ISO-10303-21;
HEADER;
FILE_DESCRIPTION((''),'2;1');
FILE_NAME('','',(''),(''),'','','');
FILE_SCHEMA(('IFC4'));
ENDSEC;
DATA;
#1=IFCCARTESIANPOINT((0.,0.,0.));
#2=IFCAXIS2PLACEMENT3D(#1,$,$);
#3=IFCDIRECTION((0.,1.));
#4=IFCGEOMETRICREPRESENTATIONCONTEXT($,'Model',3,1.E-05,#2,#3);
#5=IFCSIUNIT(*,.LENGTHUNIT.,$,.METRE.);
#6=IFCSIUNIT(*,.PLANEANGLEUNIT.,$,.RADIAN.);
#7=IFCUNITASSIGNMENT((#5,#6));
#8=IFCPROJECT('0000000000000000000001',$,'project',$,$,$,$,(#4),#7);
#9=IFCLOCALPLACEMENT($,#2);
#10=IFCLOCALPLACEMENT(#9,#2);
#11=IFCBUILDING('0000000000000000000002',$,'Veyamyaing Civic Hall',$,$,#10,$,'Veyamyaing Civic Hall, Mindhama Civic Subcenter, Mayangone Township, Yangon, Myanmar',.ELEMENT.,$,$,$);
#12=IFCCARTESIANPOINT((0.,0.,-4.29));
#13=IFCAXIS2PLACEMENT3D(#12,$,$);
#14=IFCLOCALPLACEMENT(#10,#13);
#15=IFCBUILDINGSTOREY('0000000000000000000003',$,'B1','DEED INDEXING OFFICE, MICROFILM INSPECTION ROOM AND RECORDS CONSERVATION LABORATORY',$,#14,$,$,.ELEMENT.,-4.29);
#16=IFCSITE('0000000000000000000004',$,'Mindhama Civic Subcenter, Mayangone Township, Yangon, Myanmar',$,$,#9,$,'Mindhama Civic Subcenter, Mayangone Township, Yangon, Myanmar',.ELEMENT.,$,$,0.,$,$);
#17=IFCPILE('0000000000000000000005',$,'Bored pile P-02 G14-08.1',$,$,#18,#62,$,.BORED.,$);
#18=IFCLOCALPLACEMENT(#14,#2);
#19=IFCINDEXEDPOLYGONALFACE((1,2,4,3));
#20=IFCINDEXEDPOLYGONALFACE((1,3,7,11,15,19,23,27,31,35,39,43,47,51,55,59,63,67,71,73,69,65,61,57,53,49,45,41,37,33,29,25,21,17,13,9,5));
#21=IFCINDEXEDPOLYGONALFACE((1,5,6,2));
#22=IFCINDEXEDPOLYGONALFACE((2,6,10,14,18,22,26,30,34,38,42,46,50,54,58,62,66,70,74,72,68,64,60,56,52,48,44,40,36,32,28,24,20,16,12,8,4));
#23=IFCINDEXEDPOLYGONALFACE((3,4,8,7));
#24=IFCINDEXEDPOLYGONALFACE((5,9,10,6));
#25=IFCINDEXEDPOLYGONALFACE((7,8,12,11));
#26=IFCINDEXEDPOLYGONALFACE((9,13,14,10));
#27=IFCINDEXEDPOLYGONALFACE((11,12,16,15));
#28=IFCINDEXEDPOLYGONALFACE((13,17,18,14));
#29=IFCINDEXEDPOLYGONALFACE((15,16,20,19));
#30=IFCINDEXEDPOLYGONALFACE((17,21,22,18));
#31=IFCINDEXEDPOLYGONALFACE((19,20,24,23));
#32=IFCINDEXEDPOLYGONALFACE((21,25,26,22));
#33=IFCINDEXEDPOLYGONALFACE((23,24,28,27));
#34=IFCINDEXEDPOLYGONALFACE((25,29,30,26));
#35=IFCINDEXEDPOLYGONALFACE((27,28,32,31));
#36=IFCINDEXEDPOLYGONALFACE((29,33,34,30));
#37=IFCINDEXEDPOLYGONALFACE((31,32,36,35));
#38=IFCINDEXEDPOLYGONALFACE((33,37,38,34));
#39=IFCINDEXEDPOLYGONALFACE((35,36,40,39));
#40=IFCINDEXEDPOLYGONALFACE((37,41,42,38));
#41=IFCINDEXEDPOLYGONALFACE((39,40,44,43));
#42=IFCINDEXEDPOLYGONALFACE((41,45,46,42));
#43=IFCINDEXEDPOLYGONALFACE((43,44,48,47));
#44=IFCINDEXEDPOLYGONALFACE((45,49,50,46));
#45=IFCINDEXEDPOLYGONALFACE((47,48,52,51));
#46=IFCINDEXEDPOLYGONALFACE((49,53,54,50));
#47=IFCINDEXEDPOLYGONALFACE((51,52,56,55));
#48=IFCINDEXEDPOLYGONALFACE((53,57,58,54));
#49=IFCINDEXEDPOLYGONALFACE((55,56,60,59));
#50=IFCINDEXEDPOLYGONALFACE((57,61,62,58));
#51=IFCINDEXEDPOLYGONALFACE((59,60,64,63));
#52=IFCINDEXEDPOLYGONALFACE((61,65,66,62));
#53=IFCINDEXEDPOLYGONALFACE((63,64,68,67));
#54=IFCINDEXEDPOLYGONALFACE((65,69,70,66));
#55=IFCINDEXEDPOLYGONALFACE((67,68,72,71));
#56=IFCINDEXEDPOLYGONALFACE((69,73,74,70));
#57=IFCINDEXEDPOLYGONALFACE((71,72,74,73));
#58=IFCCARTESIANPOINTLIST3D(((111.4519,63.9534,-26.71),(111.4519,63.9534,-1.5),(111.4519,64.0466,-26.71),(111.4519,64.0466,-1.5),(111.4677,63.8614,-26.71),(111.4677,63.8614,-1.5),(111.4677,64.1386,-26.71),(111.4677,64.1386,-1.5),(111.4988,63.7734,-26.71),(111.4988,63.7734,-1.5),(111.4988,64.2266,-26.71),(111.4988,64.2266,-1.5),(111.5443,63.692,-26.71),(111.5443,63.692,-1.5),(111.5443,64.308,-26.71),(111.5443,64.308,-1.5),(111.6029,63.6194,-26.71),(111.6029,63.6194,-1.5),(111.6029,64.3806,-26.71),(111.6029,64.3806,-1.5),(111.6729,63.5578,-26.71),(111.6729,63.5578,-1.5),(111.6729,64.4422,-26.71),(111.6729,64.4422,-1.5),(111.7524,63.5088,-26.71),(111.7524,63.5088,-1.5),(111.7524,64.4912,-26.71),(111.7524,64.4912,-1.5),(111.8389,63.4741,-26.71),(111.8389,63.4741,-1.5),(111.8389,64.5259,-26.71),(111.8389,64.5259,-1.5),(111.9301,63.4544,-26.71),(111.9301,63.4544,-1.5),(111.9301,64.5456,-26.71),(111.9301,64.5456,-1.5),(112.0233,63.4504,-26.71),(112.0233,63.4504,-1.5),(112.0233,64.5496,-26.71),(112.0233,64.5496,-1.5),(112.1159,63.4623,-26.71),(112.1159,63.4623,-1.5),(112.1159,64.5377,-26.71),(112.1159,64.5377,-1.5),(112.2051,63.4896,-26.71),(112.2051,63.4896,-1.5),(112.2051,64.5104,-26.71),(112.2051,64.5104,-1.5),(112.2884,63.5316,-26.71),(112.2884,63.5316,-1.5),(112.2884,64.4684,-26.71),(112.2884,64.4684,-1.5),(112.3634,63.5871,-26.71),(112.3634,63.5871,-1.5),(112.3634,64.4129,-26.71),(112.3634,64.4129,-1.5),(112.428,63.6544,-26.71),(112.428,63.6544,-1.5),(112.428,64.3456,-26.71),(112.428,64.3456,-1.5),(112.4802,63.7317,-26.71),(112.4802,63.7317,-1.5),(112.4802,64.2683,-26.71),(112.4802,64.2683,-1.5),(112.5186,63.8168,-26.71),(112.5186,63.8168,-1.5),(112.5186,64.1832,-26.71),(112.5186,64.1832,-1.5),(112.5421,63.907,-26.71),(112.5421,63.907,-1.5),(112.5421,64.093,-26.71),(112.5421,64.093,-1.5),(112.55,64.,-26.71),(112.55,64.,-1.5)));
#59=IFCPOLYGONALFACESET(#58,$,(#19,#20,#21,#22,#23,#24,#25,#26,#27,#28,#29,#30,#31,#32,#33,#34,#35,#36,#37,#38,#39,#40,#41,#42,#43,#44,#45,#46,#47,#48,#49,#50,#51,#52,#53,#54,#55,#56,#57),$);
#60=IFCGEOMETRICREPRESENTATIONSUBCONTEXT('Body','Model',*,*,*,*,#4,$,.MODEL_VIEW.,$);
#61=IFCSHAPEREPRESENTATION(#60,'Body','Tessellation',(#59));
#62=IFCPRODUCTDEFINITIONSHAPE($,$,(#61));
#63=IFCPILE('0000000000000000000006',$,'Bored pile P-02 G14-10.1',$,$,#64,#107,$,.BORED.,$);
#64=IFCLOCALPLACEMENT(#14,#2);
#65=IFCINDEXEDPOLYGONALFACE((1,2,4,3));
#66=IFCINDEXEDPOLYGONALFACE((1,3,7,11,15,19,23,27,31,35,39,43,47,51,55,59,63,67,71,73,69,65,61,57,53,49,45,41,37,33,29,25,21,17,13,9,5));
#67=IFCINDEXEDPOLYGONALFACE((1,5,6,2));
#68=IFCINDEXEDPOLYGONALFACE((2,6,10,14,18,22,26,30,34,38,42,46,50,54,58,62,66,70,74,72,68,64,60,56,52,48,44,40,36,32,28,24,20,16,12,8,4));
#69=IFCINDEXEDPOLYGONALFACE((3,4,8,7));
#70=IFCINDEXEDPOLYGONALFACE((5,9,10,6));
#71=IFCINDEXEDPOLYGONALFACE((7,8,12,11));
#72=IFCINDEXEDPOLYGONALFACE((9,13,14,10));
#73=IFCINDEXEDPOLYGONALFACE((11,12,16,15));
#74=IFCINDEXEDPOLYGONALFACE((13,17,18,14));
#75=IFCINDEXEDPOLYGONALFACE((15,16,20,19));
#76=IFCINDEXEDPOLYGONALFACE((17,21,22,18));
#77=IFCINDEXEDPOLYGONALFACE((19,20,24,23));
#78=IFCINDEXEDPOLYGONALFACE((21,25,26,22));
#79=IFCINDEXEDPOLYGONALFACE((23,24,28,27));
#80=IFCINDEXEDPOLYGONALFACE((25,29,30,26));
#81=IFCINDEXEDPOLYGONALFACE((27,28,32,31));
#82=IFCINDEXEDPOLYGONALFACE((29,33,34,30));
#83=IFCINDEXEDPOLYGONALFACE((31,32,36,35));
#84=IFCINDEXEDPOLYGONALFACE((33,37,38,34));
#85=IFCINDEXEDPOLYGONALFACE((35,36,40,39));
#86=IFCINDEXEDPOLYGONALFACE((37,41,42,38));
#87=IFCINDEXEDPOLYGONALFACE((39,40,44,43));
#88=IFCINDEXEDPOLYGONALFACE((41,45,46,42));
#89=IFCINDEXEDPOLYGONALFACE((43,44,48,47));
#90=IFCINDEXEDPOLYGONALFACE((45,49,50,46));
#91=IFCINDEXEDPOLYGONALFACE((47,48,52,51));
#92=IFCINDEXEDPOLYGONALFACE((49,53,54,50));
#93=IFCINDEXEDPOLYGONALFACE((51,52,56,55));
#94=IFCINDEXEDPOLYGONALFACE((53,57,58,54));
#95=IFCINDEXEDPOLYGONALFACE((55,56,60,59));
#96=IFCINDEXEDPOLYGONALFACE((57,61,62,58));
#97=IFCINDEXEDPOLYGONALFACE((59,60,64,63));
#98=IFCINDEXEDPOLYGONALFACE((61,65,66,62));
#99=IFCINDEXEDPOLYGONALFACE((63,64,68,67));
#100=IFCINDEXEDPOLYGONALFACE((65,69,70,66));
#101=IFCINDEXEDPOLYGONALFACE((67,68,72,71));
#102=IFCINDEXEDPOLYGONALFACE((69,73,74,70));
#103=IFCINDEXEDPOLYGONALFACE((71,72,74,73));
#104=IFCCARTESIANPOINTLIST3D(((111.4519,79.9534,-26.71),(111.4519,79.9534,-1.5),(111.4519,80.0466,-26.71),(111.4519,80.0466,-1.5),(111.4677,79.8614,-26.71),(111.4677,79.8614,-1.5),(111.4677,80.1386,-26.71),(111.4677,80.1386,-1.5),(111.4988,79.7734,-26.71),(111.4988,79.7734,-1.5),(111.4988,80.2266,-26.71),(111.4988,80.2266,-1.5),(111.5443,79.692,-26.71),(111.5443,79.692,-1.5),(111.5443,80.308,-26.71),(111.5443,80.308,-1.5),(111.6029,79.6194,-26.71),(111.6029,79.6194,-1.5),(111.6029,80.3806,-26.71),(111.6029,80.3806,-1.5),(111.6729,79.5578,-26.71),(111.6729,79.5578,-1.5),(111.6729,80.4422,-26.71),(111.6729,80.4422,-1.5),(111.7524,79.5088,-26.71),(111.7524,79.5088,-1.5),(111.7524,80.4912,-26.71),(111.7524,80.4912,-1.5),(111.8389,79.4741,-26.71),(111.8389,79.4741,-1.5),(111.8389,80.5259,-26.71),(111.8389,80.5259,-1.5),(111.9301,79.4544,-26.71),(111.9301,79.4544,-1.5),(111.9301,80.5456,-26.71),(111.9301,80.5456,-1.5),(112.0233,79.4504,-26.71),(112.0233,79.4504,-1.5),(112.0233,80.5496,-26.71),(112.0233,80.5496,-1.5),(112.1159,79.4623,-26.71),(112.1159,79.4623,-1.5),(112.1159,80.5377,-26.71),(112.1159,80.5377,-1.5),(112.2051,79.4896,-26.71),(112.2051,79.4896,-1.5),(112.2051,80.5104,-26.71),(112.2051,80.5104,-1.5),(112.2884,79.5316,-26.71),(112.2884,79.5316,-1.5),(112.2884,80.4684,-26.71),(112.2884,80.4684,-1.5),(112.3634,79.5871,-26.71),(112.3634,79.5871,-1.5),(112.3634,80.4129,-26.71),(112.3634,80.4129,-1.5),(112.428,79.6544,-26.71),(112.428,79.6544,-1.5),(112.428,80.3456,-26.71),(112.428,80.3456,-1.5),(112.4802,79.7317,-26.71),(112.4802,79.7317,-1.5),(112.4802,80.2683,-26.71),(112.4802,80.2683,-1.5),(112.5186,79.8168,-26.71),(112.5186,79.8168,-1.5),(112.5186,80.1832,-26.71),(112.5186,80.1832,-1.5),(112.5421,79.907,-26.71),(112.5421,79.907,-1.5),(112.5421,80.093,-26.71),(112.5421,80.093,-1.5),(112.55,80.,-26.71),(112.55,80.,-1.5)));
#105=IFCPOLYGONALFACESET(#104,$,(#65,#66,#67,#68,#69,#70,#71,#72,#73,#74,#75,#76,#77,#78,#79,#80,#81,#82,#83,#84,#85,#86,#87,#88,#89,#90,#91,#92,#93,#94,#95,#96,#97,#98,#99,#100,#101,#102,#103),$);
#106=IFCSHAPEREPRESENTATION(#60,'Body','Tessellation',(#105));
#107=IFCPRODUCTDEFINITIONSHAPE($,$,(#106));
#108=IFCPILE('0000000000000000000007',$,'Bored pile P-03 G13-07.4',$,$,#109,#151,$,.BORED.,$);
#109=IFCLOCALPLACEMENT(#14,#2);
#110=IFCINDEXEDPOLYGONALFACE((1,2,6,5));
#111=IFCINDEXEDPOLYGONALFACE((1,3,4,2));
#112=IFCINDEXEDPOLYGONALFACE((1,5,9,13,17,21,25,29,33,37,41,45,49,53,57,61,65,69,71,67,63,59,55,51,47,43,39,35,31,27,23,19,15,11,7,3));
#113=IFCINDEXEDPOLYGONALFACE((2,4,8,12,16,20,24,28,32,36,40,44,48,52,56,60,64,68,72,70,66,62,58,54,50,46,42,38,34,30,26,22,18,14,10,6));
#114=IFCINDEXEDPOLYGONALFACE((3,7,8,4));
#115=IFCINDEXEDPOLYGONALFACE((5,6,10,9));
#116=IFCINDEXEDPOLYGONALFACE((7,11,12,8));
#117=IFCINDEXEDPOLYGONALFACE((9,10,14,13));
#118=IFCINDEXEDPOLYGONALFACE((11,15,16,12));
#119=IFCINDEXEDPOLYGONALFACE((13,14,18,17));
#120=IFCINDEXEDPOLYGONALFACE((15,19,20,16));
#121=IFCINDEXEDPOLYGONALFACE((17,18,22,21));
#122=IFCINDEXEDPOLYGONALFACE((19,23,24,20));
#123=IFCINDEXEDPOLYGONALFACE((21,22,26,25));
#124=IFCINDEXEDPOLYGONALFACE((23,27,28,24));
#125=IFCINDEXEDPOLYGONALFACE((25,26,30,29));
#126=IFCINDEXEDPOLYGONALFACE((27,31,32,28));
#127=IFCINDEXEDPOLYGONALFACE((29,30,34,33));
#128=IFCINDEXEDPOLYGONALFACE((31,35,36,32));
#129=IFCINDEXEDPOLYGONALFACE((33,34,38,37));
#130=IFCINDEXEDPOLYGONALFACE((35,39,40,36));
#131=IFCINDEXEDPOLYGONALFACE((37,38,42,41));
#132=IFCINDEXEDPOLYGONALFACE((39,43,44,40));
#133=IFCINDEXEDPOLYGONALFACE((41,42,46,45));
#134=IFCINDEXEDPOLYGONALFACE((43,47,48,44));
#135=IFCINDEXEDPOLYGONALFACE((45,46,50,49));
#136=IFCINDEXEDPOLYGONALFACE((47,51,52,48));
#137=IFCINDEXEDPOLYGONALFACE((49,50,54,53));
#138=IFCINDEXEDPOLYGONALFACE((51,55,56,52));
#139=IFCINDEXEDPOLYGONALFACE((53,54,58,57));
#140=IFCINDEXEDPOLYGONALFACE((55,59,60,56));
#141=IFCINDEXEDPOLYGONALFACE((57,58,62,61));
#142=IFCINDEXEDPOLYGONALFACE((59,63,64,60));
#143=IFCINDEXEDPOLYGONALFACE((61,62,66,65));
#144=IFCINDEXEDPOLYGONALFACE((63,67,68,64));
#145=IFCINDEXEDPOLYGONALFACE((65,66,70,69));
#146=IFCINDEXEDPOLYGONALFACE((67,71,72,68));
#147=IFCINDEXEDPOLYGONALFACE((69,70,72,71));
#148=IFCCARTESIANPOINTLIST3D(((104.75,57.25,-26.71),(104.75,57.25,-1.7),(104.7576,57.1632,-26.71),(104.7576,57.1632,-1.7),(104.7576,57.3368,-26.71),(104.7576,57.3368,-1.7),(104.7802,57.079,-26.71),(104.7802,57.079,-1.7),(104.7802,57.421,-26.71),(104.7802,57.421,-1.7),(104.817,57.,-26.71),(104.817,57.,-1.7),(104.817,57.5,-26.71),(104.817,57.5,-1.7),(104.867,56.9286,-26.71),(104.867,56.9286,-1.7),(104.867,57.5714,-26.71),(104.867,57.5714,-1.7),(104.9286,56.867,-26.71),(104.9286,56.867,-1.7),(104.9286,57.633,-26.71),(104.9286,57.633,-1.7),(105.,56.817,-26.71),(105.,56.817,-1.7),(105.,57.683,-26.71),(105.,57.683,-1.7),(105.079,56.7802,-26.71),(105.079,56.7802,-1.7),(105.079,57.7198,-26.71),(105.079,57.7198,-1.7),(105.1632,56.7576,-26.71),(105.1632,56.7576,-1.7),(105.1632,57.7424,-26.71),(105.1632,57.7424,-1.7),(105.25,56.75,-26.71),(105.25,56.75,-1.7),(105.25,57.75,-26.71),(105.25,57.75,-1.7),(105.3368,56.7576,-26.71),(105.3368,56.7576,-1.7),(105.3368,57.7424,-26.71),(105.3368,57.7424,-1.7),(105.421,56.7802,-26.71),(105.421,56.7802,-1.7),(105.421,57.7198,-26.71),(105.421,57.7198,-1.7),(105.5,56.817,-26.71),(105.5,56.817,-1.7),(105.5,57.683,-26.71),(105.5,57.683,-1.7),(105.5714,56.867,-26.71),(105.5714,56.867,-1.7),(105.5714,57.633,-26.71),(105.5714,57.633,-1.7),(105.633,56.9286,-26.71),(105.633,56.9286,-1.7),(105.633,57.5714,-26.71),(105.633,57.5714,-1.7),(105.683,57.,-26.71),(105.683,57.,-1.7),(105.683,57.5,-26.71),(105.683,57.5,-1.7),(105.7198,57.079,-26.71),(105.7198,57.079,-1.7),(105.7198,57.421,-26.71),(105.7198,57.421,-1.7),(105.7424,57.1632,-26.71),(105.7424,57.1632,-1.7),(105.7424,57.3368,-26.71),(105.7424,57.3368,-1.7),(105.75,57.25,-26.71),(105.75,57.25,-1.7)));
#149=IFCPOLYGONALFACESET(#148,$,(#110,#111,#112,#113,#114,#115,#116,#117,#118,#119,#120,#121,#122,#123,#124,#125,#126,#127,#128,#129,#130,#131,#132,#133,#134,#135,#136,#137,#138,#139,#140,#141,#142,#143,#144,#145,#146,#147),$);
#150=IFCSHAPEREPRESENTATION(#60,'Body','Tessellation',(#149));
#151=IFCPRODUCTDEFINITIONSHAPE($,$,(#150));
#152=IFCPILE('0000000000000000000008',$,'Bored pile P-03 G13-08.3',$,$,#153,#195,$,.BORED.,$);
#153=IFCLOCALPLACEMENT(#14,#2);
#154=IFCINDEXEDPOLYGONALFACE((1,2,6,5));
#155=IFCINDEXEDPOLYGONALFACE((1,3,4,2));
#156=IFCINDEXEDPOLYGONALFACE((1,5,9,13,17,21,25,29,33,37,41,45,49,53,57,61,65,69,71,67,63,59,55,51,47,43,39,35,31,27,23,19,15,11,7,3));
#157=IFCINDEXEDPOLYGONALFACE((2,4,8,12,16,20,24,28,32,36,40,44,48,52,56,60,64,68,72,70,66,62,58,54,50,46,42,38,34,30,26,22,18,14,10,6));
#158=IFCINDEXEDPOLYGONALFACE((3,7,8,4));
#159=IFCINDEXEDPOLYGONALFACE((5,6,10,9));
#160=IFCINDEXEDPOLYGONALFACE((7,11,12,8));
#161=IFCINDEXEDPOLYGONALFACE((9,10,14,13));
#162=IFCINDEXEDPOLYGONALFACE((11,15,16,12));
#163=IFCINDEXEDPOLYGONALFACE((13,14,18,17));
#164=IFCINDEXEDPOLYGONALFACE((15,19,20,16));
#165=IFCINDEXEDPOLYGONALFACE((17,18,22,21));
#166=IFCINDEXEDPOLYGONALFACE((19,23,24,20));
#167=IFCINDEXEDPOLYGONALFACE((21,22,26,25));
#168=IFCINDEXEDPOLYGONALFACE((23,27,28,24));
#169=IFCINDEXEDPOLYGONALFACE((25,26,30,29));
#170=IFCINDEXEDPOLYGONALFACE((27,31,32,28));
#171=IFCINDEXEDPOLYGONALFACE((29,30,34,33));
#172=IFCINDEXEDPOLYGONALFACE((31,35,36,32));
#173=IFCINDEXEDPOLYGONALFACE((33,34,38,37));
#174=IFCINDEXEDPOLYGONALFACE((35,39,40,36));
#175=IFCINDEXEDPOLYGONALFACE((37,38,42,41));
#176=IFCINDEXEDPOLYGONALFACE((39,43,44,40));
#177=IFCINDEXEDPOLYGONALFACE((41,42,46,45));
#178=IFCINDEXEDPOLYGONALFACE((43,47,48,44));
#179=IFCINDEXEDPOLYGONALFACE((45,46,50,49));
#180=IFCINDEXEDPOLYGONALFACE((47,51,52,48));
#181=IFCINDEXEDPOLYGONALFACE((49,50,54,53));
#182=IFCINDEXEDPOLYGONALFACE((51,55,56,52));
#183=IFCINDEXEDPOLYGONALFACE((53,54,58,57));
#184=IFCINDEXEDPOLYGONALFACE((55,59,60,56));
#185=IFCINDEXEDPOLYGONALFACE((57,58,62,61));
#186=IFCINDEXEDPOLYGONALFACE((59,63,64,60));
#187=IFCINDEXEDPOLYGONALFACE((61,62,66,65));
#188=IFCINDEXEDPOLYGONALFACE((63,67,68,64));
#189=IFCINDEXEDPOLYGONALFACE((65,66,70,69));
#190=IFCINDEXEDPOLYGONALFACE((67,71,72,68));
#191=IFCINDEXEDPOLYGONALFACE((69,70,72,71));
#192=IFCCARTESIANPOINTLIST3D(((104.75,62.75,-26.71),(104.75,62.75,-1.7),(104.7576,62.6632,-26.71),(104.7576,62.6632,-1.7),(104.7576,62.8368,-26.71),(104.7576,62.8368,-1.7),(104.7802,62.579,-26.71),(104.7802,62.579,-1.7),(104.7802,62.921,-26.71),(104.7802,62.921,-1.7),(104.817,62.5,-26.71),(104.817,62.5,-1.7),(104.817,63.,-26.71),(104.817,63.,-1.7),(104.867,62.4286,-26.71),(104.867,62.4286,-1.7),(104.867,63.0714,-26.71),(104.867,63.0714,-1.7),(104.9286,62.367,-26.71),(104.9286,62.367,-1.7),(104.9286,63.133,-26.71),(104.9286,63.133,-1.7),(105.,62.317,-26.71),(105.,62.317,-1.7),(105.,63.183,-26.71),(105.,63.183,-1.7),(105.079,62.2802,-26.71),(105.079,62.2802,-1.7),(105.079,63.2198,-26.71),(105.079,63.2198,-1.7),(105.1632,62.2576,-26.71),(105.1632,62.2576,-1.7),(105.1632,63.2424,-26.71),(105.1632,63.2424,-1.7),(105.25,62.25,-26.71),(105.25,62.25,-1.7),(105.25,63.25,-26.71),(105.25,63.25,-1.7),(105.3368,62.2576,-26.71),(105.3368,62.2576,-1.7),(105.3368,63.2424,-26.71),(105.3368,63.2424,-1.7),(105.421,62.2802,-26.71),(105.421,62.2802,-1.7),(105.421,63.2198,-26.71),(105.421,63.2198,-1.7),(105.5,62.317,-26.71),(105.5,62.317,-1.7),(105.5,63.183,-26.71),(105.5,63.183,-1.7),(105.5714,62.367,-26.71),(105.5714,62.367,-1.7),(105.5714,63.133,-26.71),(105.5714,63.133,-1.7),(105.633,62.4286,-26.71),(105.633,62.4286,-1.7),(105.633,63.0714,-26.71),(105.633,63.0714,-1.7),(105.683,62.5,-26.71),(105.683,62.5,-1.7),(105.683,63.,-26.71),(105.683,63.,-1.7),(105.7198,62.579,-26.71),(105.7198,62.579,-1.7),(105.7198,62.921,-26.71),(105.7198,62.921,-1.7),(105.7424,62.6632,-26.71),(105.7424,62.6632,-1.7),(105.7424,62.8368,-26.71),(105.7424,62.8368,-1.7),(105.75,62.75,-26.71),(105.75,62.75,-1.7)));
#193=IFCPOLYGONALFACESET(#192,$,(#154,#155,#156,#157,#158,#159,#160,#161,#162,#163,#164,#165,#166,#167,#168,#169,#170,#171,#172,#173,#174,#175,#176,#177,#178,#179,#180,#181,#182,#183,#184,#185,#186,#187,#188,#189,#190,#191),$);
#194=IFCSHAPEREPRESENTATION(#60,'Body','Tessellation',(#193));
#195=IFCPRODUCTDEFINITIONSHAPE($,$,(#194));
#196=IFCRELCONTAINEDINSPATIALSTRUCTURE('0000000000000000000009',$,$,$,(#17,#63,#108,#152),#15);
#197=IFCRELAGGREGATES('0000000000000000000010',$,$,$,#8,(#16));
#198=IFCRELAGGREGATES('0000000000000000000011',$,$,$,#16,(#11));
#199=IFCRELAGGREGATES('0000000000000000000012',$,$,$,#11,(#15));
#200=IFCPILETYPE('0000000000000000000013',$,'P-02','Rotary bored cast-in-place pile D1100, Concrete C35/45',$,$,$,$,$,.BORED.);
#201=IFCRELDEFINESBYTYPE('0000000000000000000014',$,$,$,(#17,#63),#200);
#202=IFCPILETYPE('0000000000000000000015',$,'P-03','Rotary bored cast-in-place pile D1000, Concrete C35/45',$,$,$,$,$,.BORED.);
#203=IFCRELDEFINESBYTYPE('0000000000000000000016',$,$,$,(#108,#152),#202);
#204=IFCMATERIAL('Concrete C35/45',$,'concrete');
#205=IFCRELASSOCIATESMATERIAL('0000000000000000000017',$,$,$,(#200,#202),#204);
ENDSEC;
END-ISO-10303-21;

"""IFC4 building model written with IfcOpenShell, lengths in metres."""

from ifc_helpers import new_model, si_unit, direction, frame, origin, origin_2d, place, context, subcontext, project, spatial, circle, extrude, material, material_profile, profile_set, type_object, element, save


model = new_model("IFC4")

# Units and contexts
model_context = context("Model", 3, precision=1e-05, world=origin(), true_north=direction((0.0, 1.0)))
body_context = subcontext(model_context, "Body", "Model", "MODEL_VIEW")
ifc_project = project(units=[si_unit("LENGTHUNIT", "METRE"), si_unit("PLANEANGLEUNIT", "RADIAN")], contexts=[model_context])

# Site, building, storey
site_placement = place(None, origin())
site = spatial("IfcSite", under=ifc_project, at=site_placement, Name="Mindhama Civic Subcenter, Mayangone Township, Yangon, Myanmar", LongName="Mindhama Civic Subcenter, Mayangone Township, Yangon, Myanmar", CompositionType="ELEMENT", RefElevation=0.0)
building_placement = place(site_placement, origin())
building = spatial("IfcBuilding", under=site, at=building_placement, Name="Veyamyaing Civic Hall", LongName="Veyamyaing Civic Hall, Mindhama Civic Subcenter, Mayangone Township, Yangon, Myanmar", CompositionType="ELEMENT")
storey_placement = place(building_placement, frame((0.0, 0.0, -4.29)))
storey = spatial("IfcBuildingStorey", under=building, at=storey_placement, Name="B1", Description="DEED INDEXING OFFICE, MICROFILM INSPECTION ROOM AND RECORDS CONSERVATION LABORATORY", CompositionType="ELEMENT", Elevation=-4.29)

# Piles
ifc_material_1 = material(Name="Concrete C35/45", Category="concrete")
ifc_material_profile_1 = material_profile(ifc_material_1, circle(Radius=0.55, at=origin_2d()), Name="PILE-D1100")
ifc_profile_set_1 = profile_set([ifc_material_profile_1], Name="Concrete C35/45")
pile_type_1 = type_object("IfcPileType", Name="P-02", Description="Rotary bored cast-in-place pile D1100, Concrete C35/45", PredefinedType="BORED", material=ifc_profile_set_1)
for number, where, z_axis, x_axis, name in (
    (1, (112.0, 64.0, -1.5), (0.0, 0.0, -1.0), (1.0, 0.0, 0.0), "Bored pile P-02 G14-08.1"),
    (2, (112.0, 80.0, -1.5), (0.0, 0.0, -1.0), (1.0, 0.0, 0.0), "Bored pile P-02 G14-10.1"),
):
    element("IfcPile", number, at=place(storey_placement, frame(where, z_axis=z_axis, x_axis=x_axis)), inside=storey, type_object=pile_type_1, Name=name, PredefinedType="BORED", context=body_context, shape_type="SweptSolid", body=[
        extrude(circle(Radius=0.55, at=origin_2d()), origin(), (0.0, 0.0, 1.0), 25.21),
    ])
ifc_material_profile_2 = material_profile(ifc_material_1, circle(Radius=0.5, at=origin_2d()), Name="PILE-D1000")
ifc_profile_set_2 = profile_set([ifc_material_profile_2], Name="Concrete C35/45")
pile_type_2 = type_object("IfcPileType", Name="P-03", Description="Rotary bored cast-in-place pile D1000, Concrete C35/45", PredefinedType="BORED", material=ifc_profile_set_2)
for number, where, z_axis, x_axis, name in (
    (3, (105.25, 57.25, -1.7), (0.0, 0.0, -1.0), (1.0, 0.0, 0.0), "Bored pile P-03 G13-07.4"),
    (4, (105.25, 62.75, -1.7), (0.0, 0.0, -1.0), (1.0, 0.0, 0.0), "Bored pile P-03 G13-08.3"),
):
    element("IfcPile", number, at=place(storey_placement, frame(where, z_axis=z_axis, x_axis=x_axis)), inside=storey, type_object=pile_type_2, Name=name, PredefinedType="BORED", context=body_context, shape_type="SweptSolid", body=[
        extrude(circle(Radius=0.5, at=origin_2d()), origin(), (0.0, 0.0, 1.0), 25.01),
    ])

save(model, "model.ifc")
